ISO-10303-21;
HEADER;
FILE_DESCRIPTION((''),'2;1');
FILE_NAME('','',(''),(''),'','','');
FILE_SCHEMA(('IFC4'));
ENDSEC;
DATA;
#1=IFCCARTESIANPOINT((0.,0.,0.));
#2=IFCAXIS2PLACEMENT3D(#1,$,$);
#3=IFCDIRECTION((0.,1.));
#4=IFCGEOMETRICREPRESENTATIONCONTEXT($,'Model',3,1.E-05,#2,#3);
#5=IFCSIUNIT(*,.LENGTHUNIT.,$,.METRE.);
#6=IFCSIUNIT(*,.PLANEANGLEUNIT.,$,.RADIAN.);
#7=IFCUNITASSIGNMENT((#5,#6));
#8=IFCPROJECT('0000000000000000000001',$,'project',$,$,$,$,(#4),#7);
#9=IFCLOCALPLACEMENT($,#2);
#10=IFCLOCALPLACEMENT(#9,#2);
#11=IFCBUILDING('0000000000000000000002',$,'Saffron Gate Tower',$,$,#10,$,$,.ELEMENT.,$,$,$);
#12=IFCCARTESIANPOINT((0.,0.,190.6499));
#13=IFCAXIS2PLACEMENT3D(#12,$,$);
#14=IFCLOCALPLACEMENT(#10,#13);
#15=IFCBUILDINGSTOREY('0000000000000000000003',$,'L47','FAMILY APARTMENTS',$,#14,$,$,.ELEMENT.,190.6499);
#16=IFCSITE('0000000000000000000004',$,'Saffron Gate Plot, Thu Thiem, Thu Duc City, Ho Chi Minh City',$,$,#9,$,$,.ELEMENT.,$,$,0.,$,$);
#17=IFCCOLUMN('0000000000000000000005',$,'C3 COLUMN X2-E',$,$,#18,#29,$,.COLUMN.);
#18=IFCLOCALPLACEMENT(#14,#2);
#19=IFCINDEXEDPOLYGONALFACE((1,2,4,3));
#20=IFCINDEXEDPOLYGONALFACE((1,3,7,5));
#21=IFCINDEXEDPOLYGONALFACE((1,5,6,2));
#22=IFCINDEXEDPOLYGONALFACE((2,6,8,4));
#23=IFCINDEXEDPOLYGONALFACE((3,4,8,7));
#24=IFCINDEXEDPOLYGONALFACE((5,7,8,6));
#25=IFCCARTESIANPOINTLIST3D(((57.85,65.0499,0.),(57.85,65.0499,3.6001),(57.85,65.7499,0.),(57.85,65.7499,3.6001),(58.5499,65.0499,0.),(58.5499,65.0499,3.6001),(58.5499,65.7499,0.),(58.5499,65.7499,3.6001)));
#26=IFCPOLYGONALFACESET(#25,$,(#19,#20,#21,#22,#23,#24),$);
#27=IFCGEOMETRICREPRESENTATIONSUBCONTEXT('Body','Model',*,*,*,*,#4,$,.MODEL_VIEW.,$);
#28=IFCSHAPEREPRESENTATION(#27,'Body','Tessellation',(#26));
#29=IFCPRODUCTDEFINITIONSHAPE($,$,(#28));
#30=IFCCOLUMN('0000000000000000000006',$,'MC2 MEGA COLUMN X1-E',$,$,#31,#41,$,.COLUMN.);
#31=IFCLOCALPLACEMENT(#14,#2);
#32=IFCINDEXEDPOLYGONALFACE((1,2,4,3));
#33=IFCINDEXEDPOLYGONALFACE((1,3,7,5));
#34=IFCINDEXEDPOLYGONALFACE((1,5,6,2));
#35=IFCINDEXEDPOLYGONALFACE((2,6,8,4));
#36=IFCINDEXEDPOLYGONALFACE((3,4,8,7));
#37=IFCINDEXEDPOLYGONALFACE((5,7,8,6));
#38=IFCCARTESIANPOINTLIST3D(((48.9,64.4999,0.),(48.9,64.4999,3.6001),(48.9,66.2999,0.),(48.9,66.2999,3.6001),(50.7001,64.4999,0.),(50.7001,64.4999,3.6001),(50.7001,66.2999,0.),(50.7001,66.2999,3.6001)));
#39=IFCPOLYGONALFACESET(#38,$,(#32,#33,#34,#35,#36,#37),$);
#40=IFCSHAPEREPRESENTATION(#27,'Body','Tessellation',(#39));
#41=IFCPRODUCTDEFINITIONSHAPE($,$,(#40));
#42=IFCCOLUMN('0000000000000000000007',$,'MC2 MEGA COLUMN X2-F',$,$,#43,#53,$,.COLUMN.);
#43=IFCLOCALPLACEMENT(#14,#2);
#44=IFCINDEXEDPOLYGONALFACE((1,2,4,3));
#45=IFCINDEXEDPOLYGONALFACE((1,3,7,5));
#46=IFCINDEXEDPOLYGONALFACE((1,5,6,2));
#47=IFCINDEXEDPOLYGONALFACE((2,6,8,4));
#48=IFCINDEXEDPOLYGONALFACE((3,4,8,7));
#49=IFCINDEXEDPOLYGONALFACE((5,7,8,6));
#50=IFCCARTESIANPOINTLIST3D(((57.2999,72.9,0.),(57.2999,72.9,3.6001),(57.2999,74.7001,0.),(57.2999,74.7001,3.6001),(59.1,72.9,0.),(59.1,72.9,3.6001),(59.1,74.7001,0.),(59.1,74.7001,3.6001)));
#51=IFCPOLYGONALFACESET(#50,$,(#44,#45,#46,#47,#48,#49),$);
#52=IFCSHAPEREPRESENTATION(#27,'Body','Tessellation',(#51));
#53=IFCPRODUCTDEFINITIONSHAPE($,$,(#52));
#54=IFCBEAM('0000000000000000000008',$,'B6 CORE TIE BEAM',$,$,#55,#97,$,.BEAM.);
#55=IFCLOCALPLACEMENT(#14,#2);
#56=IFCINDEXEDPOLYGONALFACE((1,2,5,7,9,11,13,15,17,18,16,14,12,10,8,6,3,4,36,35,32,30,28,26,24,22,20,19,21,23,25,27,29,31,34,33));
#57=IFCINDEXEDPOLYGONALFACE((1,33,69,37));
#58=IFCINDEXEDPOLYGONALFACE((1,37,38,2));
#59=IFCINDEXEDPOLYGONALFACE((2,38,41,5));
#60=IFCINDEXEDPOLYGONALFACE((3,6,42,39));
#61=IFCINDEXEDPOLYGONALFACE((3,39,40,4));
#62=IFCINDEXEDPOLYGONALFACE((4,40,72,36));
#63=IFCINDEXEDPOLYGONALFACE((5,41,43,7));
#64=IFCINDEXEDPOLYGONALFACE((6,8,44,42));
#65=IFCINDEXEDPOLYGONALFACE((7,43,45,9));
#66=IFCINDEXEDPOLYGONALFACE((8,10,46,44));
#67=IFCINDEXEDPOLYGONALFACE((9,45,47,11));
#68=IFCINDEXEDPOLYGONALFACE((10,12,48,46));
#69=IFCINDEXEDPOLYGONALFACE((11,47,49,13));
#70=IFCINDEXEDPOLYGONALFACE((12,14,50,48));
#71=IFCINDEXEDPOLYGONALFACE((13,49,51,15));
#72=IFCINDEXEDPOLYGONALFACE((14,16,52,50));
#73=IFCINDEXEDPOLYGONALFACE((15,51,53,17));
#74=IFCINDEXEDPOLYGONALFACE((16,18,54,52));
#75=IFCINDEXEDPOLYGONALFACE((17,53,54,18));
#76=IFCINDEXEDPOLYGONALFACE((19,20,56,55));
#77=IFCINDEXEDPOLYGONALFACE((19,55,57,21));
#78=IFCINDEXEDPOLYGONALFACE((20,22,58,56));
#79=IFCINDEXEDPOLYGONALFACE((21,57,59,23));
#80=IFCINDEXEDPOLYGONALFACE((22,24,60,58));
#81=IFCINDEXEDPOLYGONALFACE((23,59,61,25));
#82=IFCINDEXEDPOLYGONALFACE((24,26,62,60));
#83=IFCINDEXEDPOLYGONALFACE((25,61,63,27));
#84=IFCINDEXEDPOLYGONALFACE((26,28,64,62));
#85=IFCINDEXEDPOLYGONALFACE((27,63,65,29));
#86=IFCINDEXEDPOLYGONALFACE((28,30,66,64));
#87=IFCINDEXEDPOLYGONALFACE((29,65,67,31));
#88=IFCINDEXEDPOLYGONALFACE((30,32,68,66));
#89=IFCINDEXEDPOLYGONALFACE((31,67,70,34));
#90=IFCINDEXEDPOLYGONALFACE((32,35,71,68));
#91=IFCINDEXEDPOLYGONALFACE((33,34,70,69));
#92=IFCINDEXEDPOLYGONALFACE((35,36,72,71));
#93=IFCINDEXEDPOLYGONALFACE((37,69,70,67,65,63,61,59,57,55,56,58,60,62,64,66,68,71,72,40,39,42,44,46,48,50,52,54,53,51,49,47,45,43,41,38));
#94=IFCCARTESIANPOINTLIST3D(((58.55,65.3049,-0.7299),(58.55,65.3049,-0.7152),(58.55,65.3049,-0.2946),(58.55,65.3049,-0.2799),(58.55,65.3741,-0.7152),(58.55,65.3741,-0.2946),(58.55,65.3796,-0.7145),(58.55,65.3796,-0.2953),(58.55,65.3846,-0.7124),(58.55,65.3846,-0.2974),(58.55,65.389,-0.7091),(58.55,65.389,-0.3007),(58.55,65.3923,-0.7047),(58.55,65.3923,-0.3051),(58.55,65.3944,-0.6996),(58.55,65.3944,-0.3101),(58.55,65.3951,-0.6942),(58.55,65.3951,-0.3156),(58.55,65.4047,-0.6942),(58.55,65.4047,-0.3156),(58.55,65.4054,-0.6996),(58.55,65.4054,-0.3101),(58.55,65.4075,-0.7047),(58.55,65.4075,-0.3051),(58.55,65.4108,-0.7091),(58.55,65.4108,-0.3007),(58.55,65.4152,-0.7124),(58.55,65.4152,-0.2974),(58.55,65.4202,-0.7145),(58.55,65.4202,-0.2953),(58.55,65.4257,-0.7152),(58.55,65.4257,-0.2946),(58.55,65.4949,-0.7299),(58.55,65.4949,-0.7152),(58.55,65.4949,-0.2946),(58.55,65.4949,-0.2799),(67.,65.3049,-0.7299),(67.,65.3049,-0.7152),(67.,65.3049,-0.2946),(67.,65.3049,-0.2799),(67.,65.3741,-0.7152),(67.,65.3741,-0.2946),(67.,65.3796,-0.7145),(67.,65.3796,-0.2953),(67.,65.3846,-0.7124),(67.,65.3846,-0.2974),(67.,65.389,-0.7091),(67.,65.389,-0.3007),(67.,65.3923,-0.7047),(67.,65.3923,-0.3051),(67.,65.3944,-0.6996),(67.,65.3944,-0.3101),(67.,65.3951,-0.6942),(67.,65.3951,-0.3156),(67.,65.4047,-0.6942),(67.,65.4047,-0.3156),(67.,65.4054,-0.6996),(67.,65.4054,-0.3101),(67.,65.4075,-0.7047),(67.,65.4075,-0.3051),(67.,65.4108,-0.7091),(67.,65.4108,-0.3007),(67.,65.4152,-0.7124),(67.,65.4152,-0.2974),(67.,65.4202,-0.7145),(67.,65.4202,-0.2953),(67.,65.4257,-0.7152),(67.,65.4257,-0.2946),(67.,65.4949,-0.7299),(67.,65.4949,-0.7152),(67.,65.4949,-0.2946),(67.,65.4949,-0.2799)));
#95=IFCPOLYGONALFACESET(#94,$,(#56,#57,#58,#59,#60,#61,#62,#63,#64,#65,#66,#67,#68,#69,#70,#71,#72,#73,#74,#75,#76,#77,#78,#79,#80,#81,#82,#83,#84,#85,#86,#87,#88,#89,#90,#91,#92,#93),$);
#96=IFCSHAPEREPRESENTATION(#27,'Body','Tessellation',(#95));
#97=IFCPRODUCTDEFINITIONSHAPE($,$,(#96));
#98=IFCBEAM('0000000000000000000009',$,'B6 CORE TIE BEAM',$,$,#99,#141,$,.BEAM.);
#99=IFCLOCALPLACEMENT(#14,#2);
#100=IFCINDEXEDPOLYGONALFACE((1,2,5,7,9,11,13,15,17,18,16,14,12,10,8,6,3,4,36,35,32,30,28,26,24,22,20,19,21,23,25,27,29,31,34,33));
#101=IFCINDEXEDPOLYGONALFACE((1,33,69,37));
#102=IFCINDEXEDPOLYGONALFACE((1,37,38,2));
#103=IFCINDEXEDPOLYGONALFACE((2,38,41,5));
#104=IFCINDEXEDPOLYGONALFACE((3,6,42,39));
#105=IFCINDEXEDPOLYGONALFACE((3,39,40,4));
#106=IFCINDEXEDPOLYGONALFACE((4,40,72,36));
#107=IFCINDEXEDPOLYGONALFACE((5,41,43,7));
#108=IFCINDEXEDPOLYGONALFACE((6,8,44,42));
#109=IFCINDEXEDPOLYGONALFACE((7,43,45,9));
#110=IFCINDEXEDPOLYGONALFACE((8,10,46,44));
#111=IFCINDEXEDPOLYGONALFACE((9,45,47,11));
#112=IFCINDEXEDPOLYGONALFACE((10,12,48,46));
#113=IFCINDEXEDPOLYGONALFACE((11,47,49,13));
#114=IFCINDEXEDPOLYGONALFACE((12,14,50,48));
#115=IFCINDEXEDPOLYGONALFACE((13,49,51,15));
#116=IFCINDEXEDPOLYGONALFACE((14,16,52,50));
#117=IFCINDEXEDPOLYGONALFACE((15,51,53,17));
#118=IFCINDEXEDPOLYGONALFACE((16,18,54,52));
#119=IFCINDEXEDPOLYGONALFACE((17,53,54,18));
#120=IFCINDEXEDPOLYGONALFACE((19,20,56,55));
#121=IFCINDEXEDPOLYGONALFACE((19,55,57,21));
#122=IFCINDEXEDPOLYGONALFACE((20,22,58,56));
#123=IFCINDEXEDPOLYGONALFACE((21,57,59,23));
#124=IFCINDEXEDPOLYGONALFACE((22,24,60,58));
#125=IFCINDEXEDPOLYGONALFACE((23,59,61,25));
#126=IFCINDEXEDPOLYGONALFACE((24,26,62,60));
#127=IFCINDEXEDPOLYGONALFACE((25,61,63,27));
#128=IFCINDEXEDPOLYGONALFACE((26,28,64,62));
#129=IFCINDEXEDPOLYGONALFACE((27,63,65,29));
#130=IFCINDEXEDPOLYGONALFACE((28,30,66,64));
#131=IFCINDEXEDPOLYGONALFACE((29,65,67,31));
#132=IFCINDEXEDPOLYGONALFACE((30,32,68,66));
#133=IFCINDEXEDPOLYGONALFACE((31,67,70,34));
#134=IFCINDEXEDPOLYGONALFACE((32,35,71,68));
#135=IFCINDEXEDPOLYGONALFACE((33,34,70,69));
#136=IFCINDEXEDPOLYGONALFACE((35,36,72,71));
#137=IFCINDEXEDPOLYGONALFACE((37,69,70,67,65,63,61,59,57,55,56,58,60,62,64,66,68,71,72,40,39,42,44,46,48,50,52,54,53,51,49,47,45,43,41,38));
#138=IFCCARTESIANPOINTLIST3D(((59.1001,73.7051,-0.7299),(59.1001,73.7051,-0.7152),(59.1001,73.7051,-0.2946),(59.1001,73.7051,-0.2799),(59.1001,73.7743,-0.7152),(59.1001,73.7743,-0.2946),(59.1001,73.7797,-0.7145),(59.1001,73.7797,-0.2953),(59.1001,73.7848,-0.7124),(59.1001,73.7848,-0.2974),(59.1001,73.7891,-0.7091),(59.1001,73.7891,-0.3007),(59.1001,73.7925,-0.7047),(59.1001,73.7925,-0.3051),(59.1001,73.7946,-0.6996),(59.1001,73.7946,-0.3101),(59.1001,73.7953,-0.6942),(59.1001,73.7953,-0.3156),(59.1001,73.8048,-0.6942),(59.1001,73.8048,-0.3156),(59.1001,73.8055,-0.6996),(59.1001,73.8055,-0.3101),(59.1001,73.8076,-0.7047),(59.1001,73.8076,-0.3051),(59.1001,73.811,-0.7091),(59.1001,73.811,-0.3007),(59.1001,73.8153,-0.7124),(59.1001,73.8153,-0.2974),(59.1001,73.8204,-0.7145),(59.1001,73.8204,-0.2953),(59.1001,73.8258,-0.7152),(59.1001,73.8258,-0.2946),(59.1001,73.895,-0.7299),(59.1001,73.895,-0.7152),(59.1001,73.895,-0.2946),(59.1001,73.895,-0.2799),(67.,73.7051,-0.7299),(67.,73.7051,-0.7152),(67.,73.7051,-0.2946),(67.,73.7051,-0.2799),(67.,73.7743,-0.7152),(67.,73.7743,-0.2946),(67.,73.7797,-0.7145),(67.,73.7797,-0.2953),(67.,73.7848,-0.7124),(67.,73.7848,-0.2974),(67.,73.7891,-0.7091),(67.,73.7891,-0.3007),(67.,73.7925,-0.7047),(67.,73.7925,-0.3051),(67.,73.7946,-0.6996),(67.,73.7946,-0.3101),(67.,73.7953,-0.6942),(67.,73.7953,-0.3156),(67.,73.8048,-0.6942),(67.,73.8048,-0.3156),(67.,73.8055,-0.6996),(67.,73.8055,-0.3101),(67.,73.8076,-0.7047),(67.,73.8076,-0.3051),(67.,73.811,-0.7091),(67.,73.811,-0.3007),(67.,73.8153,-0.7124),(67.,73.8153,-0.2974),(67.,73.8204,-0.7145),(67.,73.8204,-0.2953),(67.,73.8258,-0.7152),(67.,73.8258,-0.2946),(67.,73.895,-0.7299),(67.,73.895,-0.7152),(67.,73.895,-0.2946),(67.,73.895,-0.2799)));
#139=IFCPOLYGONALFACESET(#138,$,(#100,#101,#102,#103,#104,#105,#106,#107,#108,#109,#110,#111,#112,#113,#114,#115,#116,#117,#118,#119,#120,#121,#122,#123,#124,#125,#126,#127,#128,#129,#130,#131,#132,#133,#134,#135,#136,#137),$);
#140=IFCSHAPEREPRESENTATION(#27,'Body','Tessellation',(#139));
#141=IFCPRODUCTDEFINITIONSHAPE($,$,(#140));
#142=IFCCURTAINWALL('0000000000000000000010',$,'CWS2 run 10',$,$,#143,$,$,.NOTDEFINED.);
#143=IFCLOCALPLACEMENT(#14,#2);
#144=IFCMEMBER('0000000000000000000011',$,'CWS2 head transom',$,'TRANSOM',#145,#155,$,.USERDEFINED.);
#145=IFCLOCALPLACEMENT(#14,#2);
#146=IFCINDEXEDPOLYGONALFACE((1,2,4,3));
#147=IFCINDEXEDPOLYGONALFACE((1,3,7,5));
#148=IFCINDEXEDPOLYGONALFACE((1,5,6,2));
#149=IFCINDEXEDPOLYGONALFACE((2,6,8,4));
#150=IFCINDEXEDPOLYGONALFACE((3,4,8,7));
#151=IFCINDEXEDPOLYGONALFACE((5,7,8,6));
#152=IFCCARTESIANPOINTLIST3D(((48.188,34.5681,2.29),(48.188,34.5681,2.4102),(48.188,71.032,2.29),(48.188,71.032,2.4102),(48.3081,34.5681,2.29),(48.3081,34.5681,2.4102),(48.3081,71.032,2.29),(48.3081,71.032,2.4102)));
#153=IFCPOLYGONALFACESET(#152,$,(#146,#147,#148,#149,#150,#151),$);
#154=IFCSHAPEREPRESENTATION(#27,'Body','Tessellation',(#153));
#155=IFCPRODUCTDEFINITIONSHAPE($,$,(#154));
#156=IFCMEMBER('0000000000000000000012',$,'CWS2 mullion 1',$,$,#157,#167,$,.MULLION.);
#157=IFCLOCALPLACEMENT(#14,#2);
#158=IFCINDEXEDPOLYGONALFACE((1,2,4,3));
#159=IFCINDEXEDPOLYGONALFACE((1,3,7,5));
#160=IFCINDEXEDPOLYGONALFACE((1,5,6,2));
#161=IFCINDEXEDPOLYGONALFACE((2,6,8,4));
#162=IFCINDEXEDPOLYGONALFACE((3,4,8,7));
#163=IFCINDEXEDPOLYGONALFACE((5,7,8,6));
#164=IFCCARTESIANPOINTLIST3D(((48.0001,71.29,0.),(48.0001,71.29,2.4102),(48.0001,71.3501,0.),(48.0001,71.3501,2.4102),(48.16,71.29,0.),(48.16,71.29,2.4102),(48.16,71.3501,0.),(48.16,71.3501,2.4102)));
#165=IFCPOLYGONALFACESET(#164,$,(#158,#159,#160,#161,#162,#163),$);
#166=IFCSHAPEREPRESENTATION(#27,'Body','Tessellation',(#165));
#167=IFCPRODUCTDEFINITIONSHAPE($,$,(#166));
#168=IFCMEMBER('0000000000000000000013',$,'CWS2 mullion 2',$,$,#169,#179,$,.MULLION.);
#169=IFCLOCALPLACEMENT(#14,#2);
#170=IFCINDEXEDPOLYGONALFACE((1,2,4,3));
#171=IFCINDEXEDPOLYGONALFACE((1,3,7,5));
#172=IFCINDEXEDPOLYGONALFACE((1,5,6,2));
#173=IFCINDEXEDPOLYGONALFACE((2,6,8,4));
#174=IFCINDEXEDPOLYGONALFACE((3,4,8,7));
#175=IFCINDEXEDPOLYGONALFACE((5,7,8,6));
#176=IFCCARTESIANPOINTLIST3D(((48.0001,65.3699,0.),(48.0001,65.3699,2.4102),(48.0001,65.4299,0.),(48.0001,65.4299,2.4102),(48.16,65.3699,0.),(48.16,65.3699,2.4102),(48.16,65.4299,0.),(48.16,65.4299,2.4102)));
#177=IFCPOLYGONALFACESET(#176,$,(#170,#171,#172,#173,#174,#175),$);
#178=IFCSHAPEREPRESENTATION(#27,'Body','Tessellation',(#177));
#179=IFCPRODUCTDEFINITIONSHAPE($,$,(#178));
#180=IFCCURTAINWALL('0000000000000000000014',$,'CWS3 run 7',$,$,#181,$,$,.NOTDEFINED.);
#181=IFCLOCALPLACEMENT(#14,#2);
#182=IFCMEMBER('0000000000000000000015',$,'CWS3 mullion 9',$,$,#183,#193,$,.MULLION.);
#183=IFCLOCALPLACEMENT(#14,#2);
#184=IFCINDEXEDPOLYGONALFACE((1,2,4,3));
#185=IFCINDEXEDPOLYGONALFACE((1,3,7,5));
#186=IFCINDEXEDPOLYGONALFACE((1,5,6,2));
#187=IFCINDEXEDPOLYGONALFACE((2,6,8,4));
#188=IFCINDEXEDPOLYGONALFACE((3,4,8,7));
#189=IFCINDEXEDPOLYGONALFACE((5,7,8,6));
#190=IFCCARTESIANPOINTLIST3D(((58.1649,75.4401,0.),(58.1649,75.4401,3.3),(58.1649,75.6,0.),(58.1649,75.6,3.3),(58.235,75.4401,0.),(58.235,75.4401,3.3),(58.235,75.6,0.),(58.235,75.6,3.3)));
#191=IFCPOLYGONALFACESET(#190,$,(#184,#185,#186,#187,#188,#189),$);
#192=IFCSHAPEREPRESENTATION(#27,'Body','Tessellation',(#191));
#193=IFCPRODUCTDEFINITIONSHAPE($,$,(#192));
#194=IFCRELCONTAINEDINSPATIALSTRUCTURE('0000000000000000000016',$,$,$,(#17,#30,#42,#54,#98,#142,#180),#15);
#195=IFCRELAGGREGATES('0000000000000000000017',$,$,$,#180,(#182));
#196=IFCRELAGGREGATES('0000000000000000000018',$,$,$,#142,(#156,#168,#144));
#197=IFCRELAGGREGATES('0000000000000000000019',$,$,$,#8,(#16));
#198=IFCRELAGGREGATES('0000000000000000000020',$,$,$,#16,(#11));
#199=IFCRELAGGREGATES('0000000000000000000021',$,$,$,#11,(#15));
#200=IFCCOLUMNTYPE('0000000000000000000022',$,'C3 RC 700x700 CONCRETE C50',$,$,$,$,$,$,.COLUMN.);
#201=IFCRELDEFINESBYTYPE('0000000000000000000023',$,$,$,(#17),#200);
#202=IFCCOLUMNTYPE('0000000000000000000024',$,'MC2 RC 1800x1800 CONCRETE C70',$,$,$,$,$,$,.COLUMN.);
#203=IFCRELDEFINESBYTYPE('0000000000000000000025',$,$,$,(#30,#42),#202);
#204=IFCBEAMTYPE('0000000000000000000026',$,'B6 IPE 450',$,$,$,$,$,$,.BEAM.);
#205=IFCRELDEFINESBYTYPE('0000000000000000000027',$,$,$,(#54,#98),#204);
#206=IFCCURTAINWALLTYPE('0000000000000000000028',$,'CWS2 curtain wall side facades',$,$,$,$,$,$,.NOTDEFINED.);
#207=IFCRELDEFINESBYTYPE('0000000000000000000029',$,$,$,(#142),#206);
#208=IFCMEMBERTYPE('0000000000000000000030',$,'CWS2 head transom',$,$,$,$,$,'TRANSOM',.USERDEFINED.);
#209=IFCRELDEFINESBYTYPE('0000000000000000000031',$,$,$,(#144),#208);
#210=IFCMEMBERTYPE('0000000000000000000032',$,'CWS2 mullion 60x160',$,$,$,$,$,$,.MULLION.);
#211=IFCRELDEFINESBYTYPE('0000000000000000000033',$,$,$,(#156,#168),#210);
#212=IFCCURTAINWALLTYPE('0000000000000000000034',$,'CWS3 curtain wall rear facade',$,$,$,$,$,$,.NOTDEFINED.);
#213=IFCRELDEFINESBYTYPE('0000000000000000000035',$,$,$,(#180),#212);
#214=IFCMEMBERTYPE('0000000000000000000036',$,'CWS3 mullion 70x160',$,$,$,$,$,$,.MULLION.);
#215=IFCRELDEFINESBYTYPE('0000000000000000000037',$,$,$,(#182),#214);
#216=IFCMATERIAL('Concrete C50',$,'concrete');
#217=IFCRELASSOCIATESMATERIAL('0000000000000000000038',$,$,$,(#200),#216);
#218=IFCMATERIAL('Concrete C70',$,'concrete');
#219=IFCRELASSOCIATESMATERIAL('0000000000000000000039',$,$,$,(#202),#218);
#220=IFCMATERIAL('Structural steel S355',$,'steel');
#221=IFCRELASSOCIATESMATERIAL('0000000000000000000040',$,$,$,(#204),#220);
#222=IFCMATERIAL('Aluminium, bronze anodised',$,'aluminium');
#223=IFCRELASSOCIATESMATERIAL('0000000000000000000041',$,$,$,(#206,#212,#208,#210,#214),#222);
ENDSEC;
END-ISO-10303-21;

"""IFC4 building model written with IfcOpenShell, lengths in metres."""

from ifc_helpers import new_model, si_unit, direction, frame, origin, origin_2d, place, context, subcontext, project, spatial, rectangle, i_section, extrude, material, material_profile, profile_set, type_object, element, aggregate, save


model = new_model("IFC4")

# Units and contexts
model_context = context("Model", 3, precision=1e-05, world=origin(), true_north=direction((0.0, 1.0)))
body_context = subcontext(model_context, "Body", "Model", "MODEL_VIEW")
ifc_project = project(units=[si_unit("LENGTHUNIT", "METRE"), si_unit("PLANEANGLEUNIT", "RADIAN")], contexts=[model_context])

# Site, building, storey
site_placement = place(None, origin())
site = spatial("IfcSite", under=ifc_project, at=site_placement, Name="Saffron Gate Plot, Thu Thiem, Thu Duc City, Ho Chi Minh City", CompositionType="ELEMENT", RefElevation=0.0)
building_placement = place(site_placement, origin())
building = spatial("IfcBuilding", under=site, at=building_placement, Name="Saffron Gate Tower", CompositionType="ELEMENT")
storey_placement = place(building_placement, frame((0.0, 0.0, 190.6499)))
storey = spatial("IfcBuildingStorey", under=building, at=storey_placement, Name="L47", Description="FAMILY APARTMENTS", CompositionType="ELEMENT", Elevation=190.6499)

# Columns
ifc_material_1 = material(Name="Concrete C50", Category="concrete")
ifc_material_profile_1 = material_profile(ifc_material_1, rectangle(XDim=0.7, YDim=0.7, at=origin_2d()))
ifc_profile_set_1 = profile_set([ifc_material_profile_1], Name="Concrete C50")
column_type_1 = type_object("IfcColumnType", Name="C3 RC 700x700 CONCRETE C50", PredefinedType="COLUMN", material=ifc_profile_set_1)
column_placement = place(storey_placement, frame((58.2, 65.3999, 0.0), z_axis=(0.0, 0.0, 1.0), x_axis=(1.0, 0.0, 0.0)))
element("IfcColumn", 1, at=column_placement, inside=storey, type_object=column_type_1, Name="C3 COLUMN X2-E", PredefinedType="COLUMN", context=body_context, shape_type="SweptSolid", body=[
    extrude(rectangle(XDim=0.7, YDim=0.7, at=origin_2d()), origin(), (0.0, 0.0, 1.0), 3.6001),
])
ifc_material_2 = material(Name="Concrete C70", Category="concrete")
ifc_material_profile_2 = material_profile(ifc_material_2, rectangle(XDim=1.8, YDim=1.8, at=origin_2d()))
ifc_profile_set_2 = profile_set([ifc_material_profile_2], Name="Concrete C70")
column_type_2 = type_object("IfcColumnType", Name="MC2 RC 1800x1800 CONCRETE C70", PredefinedType="COLUMN", material=ifc_profile_set_2)
for number, where, z_axis, x_axis, name in (
    (2, (49.8, 65.3999, 0.0), (0.0, 0.0, 1.0), (1.0, 0.0, 0.0), "MC2 MEGA COLUMN X1-E"),
    (3, (58.2, 73.8, 0.0), (0.0, 0.0, 1.0), (1.0, 0.0, 0.0), "MC2 MEGA COLUMN X2-F"),
):
    element("IfcColumn", number, at=place(storey_placement, frame(where, z_axis=z_axis, x_axis=x_axis)), inside=storey, type_object=column_type_2, Name=name, PredefinedType="COLUMN", context=body_context, shape_type="SweptSolid", body=[
        extrude(rectangle(XDim=1.8, YDim=1.8, at=origin_2d()), origin(), (0.0, 0.0, 1.0), 3.6001),
    ])

# Beams
ifc_material_3 = material(Name="Structural steel S355", Category="steel")
ifc_material_profile_3 = material_profile(ifc_material_3, i_section(OverallWidth=0.1899, OverallDepth=0.45, WebThickness=0.0095, FlangeThickness=0.0146, FilletRadius=0.021, at=origin_2d()))
ifc_profile_set_3 = profile_set([ifc_material_profile_3], Name="Structural steel S355")
beam_type = type_object("IfcBeamType", Name="B6 IPE 450", PredefinedType="BEAM", material=ifc_profile_set_3)
beam_1_placement = place(storey_placement, frame((58.55, 65.3999, -0.5049), z_axis=(1.0, 0.0, 0.0), x_axis=(0.0, 1.0, 0.0)))
element("IfcBeam", 4, at=beam_1_placement, inside=storey, type_object=beam_type, Name="B6 CORE TIE BEAM", PredefinedType="BEAM", context=body_context, shape_type="SweptSolid", body=[
    extrude(i_section(OverallWidth=0.1899, OverallDepth=0.45, WebThickness=0.0095, FlangeThickness=0.0146, FilletRadius=0.021, at=origin_2d()), origin(), (0.0, 0.0, 1.0), 8.45),
])
beam_2_placement = place(storey_placement, frame((59.1001, 73.8, -0.5049), z_axis=(1.0, 0.0, 0.0), x_axis=(0.0, 1.0, 0.0)))
element("IfcBeam", 5, at=beam_2_placement, inside=storey, type_object=beam_type, Name="B6 CORE TIE BEAM", PredefinedType="BEAM", context=body_context, shape_type="SweptSolid", body=[
    extrude(i_section(OverallWidth=0.1899, OverallDepth=0.45, WebThickness=0.0095, FlangeThickness=0.0146, FilletRadius=0.021, at=origin_2d()), origin(), (0.0, 0.0, 1.0), 7.8999),
])

# Curtain wall, members
ifc_material_4 = material(Name="Aluminium, bronze anodised", Category="aluminium")
curtain_wall_type_1 = type_object("IfcCurtainWallType", Name="CWS2 curtain wall side facades", PredefinedType="NOTDEFINED", material=ifc_material_4)
curtain_wall_1_placement = place(storey_placement, origin())
curtain_wall_1 = element("IfcCurtainWall", 6, at=curtain_wall_1_placement, inside=storey, type_object=curtain_wall_type_1, Name="CWS2 run 10", PredefinedType="NOTDEFINED")
ifc_material_profile_4 = material_profile(ifc_material_4, rectangle(XDim=0.1201, YDim=0.1201, at=origin_2d()))
ifc_profile_set_4 = profile_set([ifc_material_profile_4], Name="Aluminium, bronze anodised")
member_type_1 = type_object("IfcMemberType", Name="CWS2 head transom", ElementType="TRANSOM", PredefinedType="USERDEFINED", material=ifc_profile_set_4)
member_1_placement = place(storey_placement, frame((48.248, 71.032, 2.3501), z_axis=(0.0, -1.0, 0.0), x_axis=(1.0, 0.0, 0.0)))
member_1 = element("IfcMember", 7, at=member_1_placement, type_object=member_type_1, Name="CWS2 head transom", ObjectType="TRANSOM", PredefinedType="USERDEFINED", context=body_context, shape_type="SweptSolid", body=[
    extrude(rectangle(XDim=0.1201, YDim=0.1201, at=origin_2d()), origin(), (0.0, 0.0, 1.0), 36.4639),
])
ifc_material_profile_5 = material_profile(ifc_material_4, rectangle(XDim=0.1599, YDim=0.0601, at=origin_2d()))
ifc_profile_set_5 = profile_set([ifc_material_profile_5], Name="Aluminium, bronze anodised")
member_type_2 = type_object("IfcMemberType", Name="CWS2 mullion 60x160", PredefinedType="MULLION", material=ifc_profile_set_5)
member_2_placement = place(storey_placement, frame((48.0801, 71.3201, 0.0), z_axis=(0.0, 0.0, 1.0), x_axis=(1.0, 0.0, 0.0)))
member_2 = element("IfcMember", 8, at=member_2_placement, type_object=member_type_2, Name="CWS2 mullion 1", PredefinedType="MULLION", context=body_context, shape_type="SweptSolid", body=[
    extrude(rectangle(XDim=0.1599, YDim=0.0601, at=origin_2d()), origin(), (0.0, 0.0, 1.0), 2.4102),
])
member_3_placement = place(storey_placement, frame((48.0801, 65.3999, 0.0), z_axis=(0.0, 0.0, 1.0), x_axis=(1.0, 0.0, 0.0)))
member_3 = element("IfcMember", 9, at=member_3_placement, type_object=member_type_2, Name="CWS2 mullion 2", PredefinedType="MULLION", context=body_context, shape_type="SweptSolid", body=[
    extrude(rectangle(XDim=0.1599, YDim=0.0601, at=origin_2d()), origin(), (0.0, 0.0, 1.0), 2.4102),
])

# Curtain wall, member
curtain_wall_type_2 = type_object("IfcCurtainWallType", Name="CWS3 curtain wall rear facade", PredefinedType="NOTDEFINED", material=ifc_material_4)
curtain_wall_2_placement = place(storey_placement, origin())
curtain_wall_2 = element("IfcCurtainWall", 10, at=curtain_wall_2_placement, inside=storey, type_object=curtain_wall_type_2, Name="CWS3 run 7", PredefinedType="NOTDEFINED")
ifc_material_profile_6 = material_profile(ifc_material_4, rectangle(XDim=0.1599, YDim=0.0701, at=origin_2d()))
ifc_profile_set_6 = profile_set([ifc_material_profile_6], Name="Aluminium, bronze anodised")
member_type_3 = type_object("IfcMemberType", Name="CWS3 mullion 70x160", PredefinedType="MULLION", material=ifc_profile_set_6)
member_4_placement = place(storey_placement, frame((58.2, 75.52, 0.0), z_axis=(0.0, 0.0, 1.0), x_axis=(0.0, -1.0, 0.0)))
member_4 = element("IfcMember", 11, at=member_4_placement, type_object=member_type_3, Name="CWS3 mullion 9", PredefinedType="MULLION", context=body_context, shape_type="SweptSolid", body=[
    extrude(rectangle(XDim=0.1599, YDim=0.0701, at=origin_2d()), origin(), (0.0, 0.0, 1.0), 3.3),
])
aggregate(curtain_wall_2, [member_4])

aggregate(curtain_wall_1, [member_2, member_3, member_1])

save(model, "model.ifc")
